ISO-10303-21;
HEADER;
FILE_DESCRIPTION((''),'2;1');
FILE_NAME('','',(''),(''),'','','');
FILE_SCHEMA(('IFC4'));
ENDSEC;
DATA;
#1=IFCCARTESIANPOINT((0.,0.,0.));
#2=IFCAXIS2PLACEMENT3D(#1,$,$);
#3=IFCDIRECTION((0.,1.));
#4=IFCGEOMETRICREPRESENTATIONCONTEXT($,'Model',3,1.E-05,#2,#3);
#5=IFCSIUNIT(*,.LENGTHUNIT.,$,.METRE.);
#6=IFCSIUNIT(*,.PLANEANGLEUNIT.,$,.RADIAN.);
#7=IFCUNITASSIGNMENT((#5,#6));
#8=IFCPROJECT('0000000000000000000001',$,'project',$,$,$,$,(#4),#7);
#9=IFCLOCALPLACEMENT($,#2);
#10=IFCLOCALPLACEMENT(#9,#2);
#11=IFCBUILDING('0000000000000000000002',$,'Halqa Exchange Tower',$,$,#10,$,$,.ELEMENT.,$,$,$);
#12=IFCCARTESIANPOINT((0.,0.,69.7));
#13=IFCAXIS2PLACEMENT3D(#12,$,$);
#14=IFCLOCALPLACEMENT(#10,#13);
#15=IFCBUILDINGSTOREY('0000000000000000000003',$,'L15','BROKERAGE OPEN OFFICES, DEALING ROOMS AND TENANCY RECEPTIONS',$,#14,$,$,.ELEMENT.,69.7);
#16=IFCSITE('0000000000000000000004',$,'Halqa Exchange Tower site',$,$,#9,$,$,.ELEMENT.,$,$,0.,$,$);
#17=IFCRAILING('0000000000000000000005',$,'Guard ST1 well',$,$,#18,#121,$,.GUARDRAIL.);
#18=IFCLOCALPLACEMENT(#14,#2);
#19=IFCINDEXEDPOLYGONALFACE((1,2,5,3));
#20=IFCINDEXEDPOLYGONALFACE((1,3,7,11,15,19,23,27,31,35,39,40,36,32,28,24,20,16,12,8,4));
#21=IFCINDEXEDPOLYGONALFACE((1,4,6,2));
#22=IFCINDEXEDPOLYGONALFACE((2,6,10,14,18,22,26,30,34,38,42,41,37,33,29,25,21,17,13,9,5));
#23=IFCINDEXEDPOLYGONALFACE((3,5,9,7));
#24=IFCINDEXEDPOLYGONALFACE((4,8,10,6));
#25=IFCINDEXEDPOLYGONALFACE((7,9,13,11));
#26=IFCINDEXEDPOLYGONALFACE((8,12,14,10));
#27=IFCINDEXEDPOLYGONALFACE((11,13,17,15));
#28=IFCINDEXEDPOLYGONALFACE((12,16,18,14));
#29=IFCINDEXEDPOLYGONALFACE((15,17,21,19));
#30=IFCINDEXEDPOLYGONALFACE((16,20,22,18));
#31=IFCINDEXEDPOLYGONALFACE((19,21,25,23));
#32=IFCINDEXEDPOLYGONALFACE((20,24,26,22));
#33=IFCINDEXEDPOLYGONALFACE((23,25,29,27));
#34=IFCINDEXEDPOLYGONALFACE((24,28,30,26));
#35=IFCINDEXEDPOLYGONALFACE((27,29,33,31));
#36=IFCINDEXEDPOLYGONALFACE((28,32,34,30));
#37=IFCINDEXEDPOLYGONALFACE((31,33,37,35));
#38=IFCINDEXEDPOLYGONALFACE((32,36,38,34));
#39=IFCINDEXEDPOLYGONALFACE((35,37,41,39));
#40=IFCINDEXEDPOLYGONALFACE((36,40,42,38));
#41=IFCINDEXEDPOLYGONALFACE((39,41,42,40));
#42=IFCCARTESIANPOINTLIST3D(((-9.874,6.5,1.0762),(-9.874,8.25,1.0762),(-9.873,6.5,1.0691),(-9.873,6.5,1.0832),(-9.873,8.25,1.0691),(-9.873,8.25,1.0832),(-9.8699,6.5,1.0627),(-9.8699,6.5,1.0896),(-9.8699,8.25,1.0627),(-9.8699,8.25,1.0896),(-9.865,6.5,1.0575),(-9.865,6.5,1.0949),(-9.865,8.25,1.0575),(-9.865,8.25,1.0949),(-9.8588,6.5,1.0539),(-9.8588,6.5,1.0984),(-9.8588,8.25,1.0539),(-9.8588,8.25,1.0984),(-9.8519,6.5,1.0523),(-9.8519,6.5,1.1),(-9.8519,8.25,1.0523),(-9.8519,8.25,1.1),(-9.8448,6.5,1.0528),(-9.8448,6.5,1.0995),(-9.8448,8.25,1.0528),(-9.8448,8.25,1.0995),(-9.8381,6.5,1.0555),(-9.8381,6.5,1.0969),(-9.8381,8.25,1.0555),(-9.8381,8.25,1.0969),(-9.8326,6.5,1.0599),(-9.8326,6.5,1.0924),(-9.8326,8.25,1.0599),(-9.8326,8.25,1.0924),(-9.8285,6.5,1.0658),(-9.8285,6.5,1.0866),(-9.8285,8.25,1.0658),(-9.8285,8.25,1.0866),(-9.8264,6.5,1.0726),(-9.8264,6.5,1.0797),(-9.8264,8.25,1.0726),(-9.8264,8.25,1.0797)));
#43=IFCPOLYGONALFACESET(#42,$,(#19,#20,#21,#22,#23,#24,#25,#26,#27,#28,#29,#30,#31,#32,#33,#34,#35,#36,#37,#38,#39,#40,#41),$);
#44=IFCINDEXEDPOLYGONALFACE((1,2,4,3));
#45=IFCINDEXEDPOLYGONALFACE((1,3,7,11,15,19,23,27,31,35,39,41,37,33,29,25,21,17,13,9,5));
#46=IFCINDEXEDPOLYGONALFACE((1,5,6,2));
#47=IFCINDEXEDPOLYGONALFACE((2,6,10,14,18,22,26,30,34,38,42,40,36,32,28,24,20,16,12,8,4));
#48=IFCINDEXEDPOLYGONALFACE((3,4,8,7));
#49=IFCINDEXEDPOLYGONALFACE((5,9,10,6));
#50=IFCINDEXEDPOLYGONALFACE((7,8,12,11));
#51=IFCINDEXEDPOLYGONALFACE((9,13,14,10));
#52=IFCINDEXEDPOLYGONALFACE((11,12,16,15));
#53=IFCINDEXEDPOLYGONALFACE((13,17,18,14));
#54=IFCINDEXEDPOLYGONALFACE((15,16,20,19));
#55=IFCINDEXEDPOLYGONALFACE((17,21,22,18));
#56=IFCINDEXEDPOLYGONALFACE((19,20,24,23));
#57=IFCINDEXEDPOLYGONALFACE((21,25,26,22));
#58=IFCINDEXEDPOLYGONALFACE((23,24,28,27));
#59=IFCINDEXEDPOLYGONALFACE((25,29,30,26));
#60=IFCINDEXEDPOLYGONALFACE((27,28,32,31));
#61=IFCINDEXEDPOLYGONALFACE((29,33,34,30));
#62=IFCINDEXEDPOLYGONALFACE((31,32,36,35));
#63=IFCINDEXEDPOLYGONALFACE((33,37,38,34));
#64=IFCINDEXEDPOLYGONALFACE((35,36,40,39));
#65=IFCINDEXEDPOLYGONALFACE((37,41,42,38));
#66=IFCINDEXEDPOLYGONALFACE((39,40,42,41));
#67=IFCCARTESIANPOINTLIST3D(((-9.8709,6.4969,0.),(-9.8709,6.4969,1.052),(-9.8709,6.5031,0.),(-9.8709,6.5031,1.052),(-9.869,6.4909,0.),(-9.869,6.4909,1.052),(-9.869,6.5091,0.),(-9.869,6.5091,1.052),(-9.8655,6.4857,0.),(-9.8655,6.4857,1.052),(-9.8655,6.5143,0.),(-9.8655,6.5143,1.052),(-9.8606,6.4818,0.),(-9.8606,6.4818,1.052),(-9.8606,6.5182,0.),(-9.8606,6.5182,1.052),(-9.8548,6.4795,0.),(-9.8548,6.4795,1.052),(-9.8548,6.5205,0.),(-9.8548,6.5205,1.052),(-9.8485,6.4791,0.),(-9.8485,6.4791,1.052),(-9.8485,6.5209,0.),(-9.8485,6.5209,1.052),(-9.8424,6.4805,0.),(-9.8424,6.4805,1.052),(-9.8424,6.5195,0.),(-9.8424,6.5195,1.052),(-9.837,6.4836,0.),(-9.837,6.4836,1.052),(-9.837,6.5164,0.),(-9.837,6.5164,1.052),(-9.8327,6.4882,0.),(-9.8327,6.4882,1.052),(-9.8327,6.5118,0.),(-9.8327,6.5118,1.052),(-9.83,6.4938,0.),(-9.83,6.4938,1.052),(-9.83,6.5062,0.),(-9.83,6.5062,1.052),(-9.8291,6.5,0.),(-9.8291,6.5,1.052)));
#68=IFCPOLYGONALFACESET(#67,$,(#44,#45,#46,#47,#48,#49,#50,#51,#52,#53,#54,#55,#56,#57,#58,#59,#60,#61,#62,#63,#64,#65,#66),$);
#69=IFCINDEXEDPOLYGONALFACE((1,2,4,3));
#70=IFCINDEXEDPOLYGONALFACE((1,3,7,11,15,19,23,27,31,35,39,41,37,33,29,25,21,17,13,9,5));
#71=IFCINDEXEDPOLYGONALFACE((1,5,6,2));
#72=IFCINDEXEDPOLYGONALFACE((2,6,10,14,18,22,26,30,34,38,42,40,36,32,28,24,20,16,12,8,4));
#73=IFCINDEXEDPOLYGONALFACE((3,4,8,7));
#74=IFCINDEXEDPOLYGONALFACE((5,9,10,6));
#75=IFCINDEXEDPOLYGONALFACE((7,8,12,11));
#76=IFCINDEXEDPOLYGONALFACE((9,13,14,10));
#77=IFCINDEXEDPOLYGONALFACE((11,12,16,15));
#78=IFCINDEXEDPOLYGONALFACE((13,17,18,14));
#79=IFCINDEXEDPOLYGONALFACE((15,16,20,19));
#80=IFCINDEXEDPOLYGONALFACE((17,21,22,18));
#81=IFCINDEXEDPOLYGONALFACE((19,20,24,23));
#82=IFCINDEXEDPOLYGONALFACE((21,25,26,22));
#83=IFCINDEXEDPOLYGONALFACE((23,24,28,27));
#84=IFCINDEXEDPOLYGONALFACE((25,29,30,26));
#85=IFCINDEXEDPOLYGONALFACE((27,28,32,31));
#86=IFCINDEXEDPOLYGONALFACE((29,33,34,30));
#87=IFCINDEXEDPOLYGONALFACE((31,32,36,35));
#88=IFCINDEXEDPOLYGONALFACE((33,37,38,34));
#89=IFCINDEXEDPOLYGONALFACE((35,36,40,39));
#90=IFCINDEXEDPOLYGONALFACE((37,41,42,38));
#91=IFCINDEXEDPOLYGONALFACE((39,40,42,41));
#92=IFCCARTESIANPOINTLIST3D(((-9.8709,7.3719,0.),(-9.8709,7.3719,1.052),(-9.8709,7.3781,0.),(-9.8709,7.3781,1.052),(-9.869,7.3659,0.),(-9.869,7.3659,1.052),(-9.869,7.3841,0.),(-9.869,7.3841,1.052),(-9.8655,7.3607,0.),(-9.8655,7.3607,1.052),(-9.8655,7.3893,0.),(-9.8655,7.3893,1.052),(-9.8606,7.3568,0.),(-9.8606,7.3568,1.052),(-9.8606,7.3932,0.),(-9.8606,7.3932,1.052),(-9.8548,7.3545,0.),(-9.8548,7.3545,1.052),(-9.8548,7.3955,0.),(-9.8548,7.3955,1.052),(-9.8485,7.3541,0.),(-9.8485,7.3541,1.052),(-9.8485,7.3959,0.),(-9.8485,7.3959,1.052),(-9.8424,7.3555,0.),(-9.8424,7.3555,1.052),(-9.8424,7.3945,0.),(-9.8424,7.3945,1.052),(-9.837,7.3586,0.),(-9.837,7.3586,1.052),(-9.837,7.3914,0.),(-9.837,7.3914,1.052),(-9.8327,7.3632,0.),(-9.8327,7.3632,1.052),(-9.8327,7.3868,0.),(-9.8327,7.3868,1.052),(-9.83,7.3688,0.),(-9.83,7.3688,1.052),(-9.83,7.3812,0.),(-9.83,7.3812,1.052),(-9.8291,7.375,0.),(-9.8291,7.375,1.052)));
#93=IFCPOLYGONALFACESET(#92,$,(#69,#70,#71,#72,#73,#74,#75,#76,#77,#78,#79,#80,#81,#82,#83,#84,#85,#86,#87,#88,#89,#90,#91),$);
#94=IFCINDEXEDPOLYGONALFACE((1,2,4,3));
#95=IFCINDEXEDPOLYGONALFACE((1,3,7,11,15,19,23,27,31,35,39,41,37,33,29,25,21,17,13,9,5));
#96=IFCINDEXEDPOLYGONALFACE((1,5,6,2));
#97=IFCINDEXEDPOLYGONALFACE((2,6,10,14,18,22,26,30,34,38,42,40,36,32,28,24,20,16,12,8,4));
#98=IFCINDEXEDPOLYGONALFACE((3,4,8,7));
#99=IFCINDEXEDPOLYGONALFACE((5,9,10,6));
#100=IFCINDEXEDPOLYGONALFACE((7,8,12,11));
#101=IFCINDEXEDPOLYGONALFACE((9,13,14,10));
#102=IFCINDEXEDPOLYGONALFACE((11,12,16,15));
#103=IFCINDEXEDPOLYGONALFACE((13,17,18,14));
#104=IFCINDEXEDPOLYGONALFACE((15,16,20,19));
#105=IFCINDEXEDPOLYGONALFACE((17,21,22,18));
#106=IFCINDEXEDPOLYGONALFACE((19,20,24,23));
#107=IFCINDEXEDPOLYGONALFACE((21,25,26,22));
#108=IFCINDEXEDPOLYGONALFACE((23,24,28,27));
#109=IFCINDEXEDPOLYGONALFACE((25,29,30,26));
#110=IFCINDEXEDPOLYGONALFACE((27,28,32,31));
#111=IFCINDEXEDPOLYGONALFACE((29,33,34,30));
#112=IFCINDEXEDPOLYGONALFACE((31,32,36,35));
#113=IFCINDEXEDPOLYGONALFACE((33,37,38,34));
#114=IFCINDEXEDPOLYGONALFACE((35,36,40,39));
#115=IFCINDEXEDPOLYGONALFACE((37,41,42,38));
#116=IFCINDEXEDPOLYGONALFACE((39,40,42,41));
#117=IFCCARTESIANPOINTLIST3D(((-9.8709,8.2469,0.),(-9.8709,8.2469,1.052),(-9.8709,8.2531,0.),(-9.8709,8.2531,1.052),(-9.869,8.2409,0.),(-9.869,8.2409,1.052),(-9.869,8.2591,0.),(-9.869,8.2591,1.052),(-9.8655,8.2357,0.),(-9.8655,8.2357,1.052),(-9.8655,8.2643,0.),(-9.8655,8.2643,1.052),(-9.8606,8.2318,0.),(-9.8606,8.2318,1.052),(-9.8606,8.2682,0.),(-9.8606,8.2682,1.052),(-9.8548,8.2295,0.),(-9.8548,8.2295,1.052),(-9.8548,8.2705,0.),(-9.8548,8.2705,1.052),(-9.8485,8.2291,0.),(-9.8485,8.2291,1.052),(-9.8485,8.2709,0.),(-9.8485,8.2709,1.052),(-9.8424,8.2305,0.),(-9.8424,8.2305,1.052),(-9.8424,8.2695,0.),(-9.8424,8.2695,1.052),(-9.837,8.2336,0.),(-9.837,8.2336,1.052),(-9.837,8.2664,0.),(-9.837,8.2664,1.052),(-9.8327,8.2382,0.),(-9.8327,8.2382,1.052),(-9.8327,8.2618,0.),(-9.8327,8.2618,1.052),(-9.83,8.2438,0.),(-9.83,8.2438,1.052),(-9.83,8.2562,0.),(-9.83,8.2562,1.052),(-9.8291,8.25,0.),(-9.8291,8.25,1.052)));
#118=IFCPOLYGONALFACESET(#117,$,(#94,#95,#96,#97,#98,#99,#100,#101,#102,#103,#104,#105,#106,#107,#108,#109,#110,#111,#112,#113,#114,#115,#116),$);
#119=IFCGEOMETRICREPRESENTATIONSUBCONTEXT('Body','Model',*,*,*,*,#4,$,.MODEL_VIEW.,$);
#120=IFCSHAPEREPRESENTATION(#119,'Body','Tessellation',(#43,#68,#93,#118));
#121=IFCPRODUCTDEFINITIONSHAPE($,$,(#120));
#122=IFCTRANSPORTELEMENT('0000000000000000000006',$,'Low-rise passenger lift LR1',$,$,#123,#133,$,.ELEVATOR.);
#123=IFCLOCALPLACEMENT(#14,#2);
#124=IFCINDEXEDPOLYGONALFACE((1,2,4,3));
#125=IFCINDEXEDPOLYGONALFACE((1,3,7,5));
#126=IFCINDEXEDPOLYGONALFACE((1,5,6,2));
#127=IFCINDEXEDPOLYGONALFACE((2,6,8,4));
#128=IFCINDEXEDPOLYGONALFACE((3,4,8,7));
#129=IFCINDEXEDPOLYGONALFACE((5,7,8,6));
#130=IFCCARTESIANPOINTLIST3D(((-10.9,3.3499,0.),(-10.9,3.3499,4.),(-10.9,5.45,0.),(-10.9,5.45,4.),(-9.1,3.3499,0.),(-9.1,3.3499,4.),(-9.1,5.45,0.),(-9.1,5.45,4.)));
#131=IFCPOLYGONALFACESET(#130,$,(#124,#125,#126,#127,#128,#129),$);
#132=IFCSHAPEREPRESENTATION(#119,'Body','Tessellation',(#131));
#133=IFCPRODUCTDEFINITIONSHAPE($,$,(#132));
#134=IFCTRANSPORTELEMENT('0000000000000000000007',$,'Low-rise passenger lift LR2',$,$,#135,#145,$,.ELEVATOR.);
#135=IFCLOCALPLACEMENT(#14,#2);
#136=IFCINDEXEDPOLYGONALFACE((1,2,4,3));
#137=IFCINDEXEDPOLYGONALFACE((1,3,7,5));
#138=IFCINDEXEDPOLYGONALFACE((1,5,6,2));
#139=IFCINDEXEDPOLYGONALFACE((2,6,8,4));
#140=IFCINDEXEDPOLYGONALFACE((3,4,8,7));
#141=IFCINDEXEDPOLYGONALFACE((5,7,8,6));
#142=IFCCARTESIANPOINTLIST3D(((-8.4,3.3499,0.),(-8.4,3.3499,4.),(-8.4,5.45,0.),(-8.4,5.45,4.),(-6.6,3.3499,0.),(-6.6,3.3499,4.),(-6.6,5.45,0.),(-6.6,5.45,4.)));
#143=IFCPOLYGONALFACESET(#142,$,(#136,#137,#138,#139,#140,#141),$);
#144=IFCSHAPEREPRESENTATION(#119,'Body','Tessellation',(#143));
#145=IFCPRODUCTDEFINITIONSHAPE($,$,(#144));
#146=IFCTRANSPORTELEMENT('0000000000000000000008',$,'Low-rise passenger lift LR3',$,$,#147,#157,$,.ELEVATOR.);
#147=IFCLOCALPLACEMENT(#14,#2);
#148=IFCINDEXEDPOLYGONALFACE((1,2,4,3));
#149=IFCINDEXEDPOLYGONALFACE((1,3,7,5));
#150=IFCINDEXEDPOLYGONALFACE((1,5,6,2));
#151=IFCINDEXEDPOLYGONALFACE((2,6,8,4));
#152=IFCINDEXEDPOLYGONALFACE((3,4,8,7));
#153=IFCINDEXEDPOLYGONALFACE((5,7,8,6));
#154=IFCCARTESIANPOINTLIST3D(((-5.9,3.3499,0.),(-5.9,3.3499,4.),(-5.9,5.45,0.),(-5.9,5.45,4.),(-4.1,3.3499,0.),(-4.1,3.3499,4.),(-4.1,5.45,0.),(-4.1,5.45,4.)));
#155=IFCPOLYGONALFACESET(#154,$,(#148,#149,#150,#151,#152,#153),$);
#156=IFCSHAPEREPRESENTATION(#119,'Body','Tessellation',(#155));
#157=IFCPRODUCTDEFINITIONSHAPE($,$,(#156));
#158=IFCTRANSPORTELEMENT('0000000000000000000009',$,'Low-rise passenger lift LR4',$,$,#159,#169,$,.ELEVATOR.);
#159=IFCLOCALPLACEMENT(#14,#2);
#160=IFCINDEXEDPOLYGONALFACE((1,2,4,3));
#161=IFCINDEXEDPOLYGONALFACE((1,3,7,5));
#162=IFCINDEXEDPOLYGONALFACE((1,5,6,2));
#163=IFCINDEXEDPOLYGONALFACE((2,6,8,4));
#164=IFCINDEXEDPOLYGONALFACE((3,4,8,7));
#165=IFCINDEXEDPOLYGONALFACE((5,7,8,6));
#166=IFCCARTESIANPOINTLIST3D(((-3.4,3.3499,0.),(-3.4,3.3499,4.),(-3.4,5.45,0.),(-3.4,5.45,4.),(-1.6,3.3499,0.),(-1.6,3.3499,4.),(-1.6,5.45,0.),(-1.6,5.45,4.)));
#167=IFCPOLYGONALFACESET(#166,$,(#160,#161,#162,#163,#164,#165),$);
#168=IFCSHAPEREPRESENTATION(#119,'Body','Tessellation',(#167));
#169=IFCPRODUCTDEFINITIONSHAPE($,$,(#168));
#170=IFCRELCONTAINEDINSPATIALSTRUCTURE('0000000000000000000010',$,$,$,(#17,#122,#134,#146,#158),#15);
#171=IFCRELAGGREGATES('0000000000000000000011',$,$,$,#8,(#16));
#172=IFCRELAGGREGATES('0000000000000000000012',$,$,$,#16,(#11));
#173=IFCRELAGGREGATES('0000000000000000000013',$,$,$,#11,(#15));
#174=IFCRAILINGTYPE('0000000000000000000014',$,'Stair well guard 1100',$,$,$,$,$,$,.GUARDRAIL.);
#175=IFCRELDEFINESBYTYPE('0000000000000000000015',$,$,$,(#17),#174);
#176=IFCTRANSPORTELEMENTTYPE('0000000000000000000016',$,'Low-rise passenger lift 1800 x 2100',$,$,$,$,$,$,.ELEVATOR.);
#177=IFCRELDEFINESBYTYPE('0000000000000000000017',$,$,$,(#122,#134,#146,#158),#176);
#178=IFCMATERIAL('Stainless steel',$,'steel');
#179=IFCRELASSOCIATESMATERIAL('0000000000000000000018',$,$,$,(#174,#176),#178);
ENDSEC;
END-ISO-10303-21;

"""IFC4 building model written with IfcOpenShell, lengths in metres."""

from ifc_helpers import new_model, si_unit, direction, frame, origin, origin_2d, place, context, subcontext, project, spatial, rectangle, circle, extrude, material, type_object, element, save


model = new_model("IFC4")

# Units and contexts
model_context = context("Model", 3, precision=1e-05, world=origin(), true_north=direction((0.0, 1.0)))
body_context = subcontext(model_context, "Body", "Model", "MODEL_VIEW")
ifc_project = project(units=[si_unit("LENGTHUNIT", "METRE"), si_unit("PLANEANGLEUNIT", "RADIAN")], contexts=[model_context])

# Site, building, storey
site_placement = place(None, origin())
site = spatial("IfcSite", under=ifc_project, at=site_placement, Name="Halqa Exchange Tower site", CompositionType="ELEMENT", RefElevation=0.0)
building_placement = place(site_placement, origin())
building = spatial("IfcBuilding", under=site, at=building_placement, Name="Halqa Exchange Tower", CompositionType="ELEMENT")
storey_placement = place(building_placement, frame((0.0, 0.0, 69.7)))
storey = spatial("IfcBuildingStorey", under=building, at=storey_placement, Name="L15", Description="BROKERAGE OPEN OFFICES, DEALING ROOMS AND TENANCY RECEPTIONS", CompositionType="ELEMENT", Elevation=69.7)

# Shared definitions
ifc_material_1 = material(Name="Stainless steel", Category="steel")

# Railing
railing_type_1 = type_object("IfcRailingType", Name="Stair well guard 1100", PredefinedType="GUARDRAIL", material=ifc_material_1)
railing_1_placement = place(storey_placement, frame((-9.8501, 6.5, 0.0)))
element("IfcRailing", 1, at=railing_1_placement, inside=storey, type_object=railing_type_1, Name="Guard ST1 well", PredefinedType="GUARDRAIL", context=body_context, shape_type="SweptSolid", body=[
    extrude(circle(Radius=0.0239, at=origin_2d()), frame((0.0, 0.0, 1.0762), z_axis=(0.0, 1.0, 0.0), x_axis=(-1.0, 0.0, 0.0)), (0.0, 0.0, 1.0), 1.75),
    extrude(circle(Radius=0.021, at=origin_2d()), origin(), (0.0, 0.0, 1.0), 1.052),
    extrude(circle(Radius=0.021, at=origin_2d()), frame((0.0, 0.875, 0.0)), (0.0, 0.0, 1.0), 1.052),
    extrude(circle(Radius=0.021, at=origin_2d()), frame((0.0, 1.75, 0.0)), (0.0, 0.0, 1.0), 1.052),
])

# Transport elements
transport_element_type = type_object("IfcTransportElementType", Name="Low-rise passenger lift 1800 x 2100", PredefinedType="ELEVATOR", material=ifc_material_1)
for number, where, z_axis, x_axis, name in (
    (2, (-10.0, 4.3999, 0.0), (0.0, 0.0, 1.0), (1.0, 0.0, 0.0), "Low-rise passenger lift LR1"),
    (3, (-7.5, 4.3999, 0.0), (0.0, 0.0, 1.0), (1.0, 0.0, 0.0), "Low-rise passenger lift LR2"),
    (4, (-5.0, 4.3999, 0.0), (0.0, 0.0, 1.0), (1.0, 0.0, 0.0), "Low-rise passenger lift LR3"),
    (5, (-2.5, 4.3999, 0.0), (0.0, 0.0, 1.0), (1.0, 0.0, 0.0), "Low-rise passenger lift LR4"),
):
    element("IfcTransportElement", number, at=place(storey_placement, frame(where, z_axis=z_axis, x_axis=x_axis)), inside=storey, type_object=transport_element_type, Name=name, PredefinedType="ELEVATOR", context=body_context, shape_type="SweptSolid", body=[
        extrude(rectangle(XDim=1.8, YDim=2.1001, at=origin_2d()), origin(), (0.0, 0.0, 1.0), 4.0),
    ])

save(model, "model.ifc")
